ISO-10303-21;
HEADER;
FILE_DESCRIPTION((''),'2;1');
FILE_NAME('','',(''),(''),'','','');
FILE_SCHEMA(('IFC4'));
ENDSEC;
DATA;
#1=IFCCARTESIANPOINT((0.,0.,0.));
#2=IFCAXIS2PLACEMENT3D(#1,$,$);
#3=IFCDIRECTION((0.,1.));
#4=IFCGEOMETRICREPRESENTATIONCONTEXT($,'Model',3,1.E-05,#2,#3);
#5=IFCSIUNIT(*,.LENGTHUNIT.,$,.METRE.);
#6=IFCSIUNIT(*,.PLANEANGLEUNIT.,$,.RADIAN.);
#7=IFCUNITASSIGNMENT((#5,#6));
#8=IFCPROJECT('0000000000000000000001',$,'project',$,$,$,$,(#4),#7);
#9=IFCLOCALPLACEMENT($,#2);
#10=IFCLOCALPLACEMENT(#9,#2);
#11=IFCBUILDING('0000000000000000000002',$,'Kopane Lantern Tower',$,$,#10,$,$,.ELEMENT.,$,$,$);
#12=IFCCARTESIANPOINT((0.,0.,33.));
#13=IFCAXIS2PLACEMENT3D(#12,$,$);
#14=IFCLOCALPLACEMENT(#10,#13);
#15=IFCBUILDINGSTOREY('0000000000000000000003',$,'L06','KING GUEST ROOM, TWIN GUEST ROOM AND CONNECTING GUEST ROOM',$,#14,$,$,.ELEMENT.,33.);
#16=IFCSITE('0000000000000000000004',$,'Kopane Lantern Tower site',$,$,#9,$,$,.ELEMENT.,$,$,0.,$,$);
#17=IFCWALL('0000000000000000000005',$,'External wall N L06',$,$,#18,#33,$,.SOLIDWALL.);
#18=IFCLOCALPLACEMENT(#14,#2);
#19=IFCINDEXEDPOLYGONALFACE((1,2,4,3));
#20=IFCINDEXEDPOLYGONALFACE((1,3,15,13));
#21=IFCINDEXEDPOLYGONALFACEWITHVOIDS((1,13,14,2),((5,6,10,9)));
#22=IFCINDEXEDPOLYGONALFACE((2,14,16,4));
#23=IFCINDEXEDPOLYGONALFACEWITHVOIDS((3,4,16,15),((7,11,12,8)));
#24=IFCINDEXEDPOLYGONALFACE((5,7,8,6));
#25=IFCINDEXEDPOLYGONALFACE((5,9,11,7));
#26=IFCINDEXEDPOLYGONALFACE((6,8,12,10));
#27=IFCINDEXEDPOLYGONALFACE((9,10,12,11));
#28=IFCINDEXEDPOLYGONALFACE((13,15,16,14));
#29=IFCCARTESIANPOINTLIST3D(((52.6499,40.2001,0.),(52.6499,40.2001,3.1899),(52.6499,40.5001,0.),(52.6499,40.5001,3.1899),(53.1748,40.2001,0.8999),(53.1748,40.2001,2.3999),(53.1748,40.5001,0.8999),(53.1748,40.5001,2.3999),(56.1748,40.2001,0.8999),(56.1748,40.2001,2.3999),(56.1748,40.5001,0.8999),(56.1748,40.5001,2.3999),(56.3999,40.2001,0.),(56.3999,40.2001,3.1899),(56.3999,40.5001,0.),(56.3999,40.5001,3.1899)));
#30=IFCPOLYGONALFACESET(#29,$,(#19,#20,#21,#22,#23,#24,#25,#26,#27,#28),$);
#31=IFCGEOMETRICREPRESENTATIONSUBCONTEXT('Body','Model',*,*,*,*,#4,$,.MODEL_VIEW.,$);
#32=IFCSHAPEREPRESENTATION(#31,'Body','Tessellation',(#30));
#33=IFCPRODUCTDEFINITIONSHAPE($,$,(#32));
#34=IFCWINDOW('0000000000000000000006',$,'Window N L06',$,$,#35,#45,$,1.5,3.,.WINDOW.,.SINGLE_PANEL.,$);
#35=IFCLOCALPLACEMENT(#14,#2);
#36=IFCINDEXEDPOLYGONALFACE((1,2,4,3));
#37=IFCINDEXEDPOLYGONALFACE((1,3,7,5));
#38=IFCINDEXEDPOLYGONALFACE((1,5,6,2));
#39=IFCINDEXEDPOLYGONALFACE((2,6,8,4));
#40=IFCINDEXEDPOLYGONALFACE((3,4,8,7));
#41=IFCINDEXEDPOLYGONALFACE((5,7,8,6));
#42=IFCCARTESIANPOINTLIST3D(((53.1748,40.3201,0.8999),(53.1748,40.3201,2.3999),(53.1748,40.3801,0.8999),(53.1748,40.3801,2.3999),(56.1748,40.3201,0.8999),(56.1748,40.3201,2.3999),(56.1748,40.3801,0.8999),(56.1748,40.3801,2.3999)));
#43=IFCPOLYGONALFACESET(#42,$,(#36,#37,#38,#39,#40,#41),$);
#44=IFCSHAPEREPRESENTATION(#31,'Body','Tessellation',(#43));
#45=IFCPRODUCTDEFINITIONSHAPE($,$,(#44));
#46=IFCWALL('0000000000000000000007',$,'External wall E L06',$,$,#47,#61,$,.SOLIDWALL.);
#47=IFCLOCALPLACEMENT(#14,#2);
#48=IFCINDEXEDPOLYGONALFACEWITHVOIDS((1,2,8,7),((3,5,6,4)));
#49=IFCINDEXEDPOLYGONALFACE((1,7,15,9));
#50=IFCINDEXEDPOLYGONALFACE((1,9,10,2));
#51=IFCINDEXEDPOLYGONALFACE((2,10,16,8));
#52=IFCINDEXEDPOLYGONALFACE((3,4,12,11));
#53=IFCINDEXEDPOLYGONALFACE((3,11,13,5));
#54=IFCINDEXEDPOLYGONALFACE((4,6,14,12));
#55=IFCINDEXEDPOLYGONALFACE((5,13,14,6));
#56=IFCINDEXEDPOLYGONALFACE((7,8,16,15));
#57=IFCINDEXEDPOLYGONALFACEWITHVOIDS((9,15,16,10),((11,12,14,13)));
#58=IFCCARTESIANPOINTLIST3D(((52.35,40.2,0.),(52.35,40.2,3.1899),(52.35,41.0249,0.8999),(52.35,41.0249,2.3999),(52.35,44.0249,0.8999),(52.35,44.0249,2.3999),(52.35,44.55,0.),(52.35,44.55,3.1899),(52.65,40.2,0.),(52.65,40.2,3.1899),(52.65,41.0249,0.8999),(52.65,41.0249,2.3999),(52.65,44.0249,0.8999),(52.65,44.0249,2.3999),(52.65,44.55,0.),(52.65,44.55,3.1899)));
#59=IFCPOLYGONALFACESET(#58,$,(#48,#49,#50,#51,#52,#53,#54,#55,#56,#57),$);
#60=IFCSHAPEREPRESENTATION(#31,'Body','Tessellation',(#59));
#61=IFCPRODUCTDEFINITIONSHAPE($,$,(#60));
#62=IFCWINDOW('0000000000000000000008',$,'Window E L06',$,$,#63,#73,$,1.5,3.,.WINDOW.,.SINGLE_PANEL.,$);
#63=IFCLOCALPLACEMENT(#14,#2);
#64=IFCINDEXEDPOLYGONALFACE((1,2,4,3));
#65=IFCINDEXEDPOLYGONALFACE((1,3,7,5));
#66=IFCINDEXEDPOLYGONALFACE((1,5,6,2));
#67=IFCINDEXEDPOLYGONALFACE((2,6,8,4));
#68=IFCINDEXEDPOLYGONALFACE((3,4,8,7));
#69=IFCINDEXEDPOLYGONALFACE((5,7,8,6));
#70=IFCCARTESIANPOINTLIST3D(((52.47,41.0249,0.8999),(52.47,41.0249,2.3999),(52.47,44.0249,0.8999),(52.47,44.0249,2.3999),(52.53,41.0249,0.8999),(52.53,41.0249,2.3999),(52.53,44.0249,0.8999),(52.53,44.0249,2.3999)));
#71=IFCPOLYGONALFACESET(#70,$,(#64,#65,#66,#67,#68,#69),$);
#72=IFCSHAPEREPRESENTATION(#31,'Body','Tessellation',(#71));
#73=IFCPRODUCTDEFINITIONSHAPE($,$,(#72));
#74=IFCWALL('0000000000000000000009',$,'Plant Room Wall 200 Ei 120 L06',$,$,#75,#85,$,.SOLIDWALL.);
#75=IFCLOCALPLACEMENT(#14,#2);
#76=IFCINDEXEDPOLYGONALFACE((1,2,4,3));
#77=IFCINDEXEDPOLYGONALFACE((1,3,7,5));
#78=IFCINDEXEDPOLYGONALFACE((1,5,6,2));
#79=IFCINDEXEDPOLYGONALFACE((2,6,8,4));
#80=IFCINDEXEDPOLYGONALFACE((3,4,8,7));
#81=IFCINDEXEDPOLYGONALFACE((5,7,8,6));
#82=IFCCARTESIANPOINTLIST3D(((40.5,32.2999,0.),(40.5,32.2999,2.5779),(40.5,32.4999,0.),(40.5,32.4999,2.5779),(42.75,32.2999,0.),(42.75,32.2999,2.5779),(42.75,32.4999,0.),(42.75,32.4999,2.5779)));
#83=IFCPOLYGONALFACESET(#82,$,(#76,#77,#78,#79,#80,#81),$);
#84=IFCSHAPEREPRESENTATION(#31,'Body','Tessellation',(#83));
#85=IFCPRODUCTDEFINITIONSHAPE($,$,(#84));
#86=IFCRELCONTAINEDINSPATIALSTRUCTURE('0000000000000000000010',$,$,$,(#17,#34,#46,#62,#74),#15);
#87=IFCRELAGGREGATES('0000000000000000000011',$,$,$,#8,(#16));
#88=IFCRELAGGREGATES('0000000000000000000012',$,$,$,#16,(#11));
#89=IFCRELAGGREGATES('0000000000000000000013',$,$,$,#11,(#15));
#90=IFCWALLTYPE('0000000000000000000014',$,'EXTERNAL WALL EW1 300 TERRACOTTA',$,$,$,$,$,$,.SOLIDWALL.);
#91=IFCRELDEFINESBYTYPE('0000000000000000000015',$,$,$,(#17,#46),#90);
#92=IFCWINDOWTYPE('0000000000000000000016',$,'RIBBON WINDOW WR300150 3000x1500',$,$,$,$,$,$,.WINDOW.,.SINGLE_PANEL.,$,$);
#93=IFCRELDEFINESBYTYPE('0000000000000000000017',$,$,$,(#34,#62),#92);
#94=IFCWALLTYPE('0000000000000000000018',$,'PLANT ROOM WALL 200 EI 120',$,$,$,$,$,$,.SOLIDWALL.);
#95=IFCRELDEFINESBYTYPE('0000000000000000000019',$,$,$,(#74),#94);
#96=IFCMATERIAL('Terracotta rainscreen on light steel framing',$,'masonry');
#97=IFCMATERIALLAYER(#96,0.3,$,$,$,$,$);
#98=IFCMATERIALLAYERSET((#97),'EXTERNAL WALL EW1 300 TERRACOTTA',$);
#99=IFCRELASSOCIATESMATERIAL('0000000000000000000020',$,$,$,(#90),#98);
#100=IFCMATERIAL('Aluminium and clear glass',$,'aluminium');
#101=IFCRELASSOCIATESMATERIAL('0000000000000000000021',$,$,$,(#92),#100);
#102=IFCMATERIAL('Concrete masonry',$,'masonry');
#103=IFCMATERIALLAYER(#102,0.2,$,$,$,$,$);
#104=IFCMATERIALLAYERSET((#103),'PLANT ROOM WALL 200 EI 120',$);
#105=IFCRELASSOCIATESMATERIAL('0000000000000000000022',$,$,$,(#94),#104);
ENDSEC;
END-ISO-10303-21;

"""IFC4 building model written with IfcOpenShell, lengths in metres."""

from ifc_helpers import new_model, si_unit, direction, frame, frame_2d, origin, place, context, subcontext, project, spatial, rectangle, extrude, material, layer, layer_set, type_object, element, fill, save


model = new_model("IFC4")

# Units and contexts
model_context = context("Model", 3, precision=1e-05, world=origin(), true_north=direction((0.0, 1.0)))
body_context = subcontext(model_context, "Body", "Model", "MODEL_VIEW")
ifc_project = project(units=[si_unit("LENGTHUNIT", "METRE"), si_unit("PLANEANGLEUNIT", "RADIAN")], contexts=[model_context])

# Site, building, storey
site_placement = place(None, origin())
site = spatial("IfcSite", under=ifc_project, at=site_placement, Name="Kopane Lantern Tower site", CompositionType="ELEMENT", RefElevation=0.0)
building_placement = place(site_placement, origin())
building = spatial("IfcBuilding", under=site, at=building_placement, Name="Kopane Lantern Tower", CompositionType="ELEMENT")
storey_placement = place(building_placement, frame((0.0, 0.0, 33.0)))
storey = spatial("IfcBuildingStorey", under=building, at=storey_placement, Name="L06", Description="KING GUEST ROOM, TWIN GUEST ROOM AND CONNECTING GUEST ROOM", CompositionType="ELEMENT", Elevation=33.0)

# Walls, openings, windows
ifc_material_1 = material(Name="Terracotta rainscreen on light steel framing", Category="masonry")
ifc_layer_1 = layer(ifc_material_1, 0.3)
ifc_layer_set_1 = layer_set([ifc_layer_1], Name="EXTERNAL WALL EW1 300 TERRACOTTA")
wall_type_1 = type_object("IfcWallType", Name="EXTERNAL WALL EW1 300 TERRACOTTA", PredefinedType="SOLIDWALL", material=ifc_layer_set_1)
wall_1_placement = place(storey_placement, frame((56.3999, 40.3501, 0.0), z_axis=(0.0, 0.0, 1.0), x_axis=(-1.0, 0.0, 0.0)))
wall_1 = element("IfcWall", 1, at=wall_1_placement, inside=storey, type_object=wall_type_1, Name="External wall N L06", PredefinedType="SOLIDWALL", context=body_context, shape_type="SweptSolid", body=[
    extrude(rectangle(XDim=3.75, YDim=0.3, at=frame_2d((1.875, 0.0))), origin(), (0.0, 0.0, 1.0), 3.1899),
])
opening_1_placement = place(wall_1_placement, frame((0.2251, 0.0, 0.8999)))
opening_1 = element("IfcOpeningElement", 2, at=opening_1_placement, cuts=wall_1, PredefinedType="OPENING", context=body_context, shape_type="SweptSolid", body=[
    extrude(rectangle(XDim=3.0, YDim=1.5, at=frame_2d((1.5, 0.75))), frame((0.0, 0.1599, 0.0), z_axis=(0.0, -1.0, 0.0), x_axis=(1.0, 0.0, 0.0)), (0.0, 0.0, 1.0), 0.3201),
])
ifc_material_2 = material(Name="Aluminium and clear glass", Category="aluminium")
window_type = type_object("IfcWindowType", Name="RIBBON WINDOW WR300150 3000x1500", PartitioningType="SINGLE_PANEL", PredefinedType="WINDOW", material=ifc_material_2)
window_1_placement = place(opening_1_placement, origin())
window_1 = element("IfcWindow", 3, at=window_1_placement, inside=storey, type_object=window_type, Name="Window N L06", OverallHeight=1.5, OverallWidth=3.0, PartitioningType="SINGLE_PANEL", PredefinedType="WINDOW", context=body_context, shape_type="SweptSolid", body=[
    extrude(rectangle(XDim=3.0, YDim=1.5, at=frame_2d((1.5, 0.75))), frame((0.0, 0.03, 0.0), z_axis=(0.0, -1.0, 0.0), x_axis=(1.0, 0.0, 0.0)), (0.0, 0.0, 1.0), 0.0601),
])
fill(opening_1, window_1)
wall_2_placement = place(storey_placement, frame((52.5, 40.2, 0.0), z_axis=(0.0, 0.0, 1.0), x_axis=(0.0, 1.0, 0.0)))
wall_2 = element("IfcWall", 4, at=wall_2_placement, inside=storey, type_object=wall_type_1, Name="External wall E L06", PredefinedType="SOLIDWALL", context=body_context, shape_type="SweptSolid", body=[
    extrude(rectangle(XDim=4.3501, YDim=0.3, at=frame_2d((2.175, 0.0))), origin(), (0.0, 0.0, 1.0), 3.1899),
])
opening_2_placement = place(wall_2_placement, frame((0.825, 0.0, 0.8999)))
opening_2 = element("IfcOpeningElement", 5, at=opening_2_placement, cuts=wall_2, PredefinedType="OPENING", context=body_context, shape_type="SweptSolid", body=[
    extrude(rectangle(XDim=3.0, YDim=1.5, at=frame_2d((1.5, 0.75))), frame((0.0, 0.1599, 0.0), z_axis=(0.0, -1.0, 0.0), x_axis=(1.0, 0.0, 0.0)), (0.0, 0.0, 1.0), 0.3201),
])
window_2_placement = place(opening_2_placement, origin())
window_2 = element("IfcWindow", 6, at=window_2_placement, inside=storey, type_object=window_type, Name="Window E L06", OverallHeight=1.5, OverallWidth=3.0, PartitioningType="SINGLE_PANEL", PredefinedType="WINDOW", context=body_context, shape_type="SweptSolid", body=[
    extrude(rectangle(XDim=3.0, YDim=1.5, at=frame_2d((1.5, 0.75))), frame((0.0, 0.03, 0.0), z_axis=(0.0, -1.0, 0.0), x_axis=(1.0, 0.0, 0.0)), (0.0, 0.0, 1.0), 0.0601),
])
fill(opening_2, window_2)

# Wall
ifc_material_3 = material(Name="Concrete masonry", Category="masonry")
ifc_layer_2 = layer(ifc_material_3, 0.2)
ifc_layer_set_2 = layer_set([ifc_layer_2], Name="PLANT ROOM WALL 200 EI 120")
wall_type_2 = type_object("IfcWallType", Name="PLANT ROOM WALL 200 EI 120", PredefinedType="SOLIDWALL", material=ifc_layer_set_2)
wall_3_placement = place(storey_placement, frame((40.5, 32.3999, 0.0), z_axis=(0.0, 0.0, 1.0), x_axis=(1.0, 0.0, 0.0)))
element("IfcWall", 7, at=wall_3_placement, inside=storey, type_object=wall_type_2, Name="Plant Room Wall 200 Ei 120 L06", PredefinedType="SOLIDWALL", context=body_context, shape_type="SweptSolid", body=[
    extrude(rectangle(XDim=2.25, YDim=0.2, at=frame_2d((1.125, 0.0))), origin(), (0.0, 0.0, 1.0), 2.5779),
])

save(model, "model.ifc")
